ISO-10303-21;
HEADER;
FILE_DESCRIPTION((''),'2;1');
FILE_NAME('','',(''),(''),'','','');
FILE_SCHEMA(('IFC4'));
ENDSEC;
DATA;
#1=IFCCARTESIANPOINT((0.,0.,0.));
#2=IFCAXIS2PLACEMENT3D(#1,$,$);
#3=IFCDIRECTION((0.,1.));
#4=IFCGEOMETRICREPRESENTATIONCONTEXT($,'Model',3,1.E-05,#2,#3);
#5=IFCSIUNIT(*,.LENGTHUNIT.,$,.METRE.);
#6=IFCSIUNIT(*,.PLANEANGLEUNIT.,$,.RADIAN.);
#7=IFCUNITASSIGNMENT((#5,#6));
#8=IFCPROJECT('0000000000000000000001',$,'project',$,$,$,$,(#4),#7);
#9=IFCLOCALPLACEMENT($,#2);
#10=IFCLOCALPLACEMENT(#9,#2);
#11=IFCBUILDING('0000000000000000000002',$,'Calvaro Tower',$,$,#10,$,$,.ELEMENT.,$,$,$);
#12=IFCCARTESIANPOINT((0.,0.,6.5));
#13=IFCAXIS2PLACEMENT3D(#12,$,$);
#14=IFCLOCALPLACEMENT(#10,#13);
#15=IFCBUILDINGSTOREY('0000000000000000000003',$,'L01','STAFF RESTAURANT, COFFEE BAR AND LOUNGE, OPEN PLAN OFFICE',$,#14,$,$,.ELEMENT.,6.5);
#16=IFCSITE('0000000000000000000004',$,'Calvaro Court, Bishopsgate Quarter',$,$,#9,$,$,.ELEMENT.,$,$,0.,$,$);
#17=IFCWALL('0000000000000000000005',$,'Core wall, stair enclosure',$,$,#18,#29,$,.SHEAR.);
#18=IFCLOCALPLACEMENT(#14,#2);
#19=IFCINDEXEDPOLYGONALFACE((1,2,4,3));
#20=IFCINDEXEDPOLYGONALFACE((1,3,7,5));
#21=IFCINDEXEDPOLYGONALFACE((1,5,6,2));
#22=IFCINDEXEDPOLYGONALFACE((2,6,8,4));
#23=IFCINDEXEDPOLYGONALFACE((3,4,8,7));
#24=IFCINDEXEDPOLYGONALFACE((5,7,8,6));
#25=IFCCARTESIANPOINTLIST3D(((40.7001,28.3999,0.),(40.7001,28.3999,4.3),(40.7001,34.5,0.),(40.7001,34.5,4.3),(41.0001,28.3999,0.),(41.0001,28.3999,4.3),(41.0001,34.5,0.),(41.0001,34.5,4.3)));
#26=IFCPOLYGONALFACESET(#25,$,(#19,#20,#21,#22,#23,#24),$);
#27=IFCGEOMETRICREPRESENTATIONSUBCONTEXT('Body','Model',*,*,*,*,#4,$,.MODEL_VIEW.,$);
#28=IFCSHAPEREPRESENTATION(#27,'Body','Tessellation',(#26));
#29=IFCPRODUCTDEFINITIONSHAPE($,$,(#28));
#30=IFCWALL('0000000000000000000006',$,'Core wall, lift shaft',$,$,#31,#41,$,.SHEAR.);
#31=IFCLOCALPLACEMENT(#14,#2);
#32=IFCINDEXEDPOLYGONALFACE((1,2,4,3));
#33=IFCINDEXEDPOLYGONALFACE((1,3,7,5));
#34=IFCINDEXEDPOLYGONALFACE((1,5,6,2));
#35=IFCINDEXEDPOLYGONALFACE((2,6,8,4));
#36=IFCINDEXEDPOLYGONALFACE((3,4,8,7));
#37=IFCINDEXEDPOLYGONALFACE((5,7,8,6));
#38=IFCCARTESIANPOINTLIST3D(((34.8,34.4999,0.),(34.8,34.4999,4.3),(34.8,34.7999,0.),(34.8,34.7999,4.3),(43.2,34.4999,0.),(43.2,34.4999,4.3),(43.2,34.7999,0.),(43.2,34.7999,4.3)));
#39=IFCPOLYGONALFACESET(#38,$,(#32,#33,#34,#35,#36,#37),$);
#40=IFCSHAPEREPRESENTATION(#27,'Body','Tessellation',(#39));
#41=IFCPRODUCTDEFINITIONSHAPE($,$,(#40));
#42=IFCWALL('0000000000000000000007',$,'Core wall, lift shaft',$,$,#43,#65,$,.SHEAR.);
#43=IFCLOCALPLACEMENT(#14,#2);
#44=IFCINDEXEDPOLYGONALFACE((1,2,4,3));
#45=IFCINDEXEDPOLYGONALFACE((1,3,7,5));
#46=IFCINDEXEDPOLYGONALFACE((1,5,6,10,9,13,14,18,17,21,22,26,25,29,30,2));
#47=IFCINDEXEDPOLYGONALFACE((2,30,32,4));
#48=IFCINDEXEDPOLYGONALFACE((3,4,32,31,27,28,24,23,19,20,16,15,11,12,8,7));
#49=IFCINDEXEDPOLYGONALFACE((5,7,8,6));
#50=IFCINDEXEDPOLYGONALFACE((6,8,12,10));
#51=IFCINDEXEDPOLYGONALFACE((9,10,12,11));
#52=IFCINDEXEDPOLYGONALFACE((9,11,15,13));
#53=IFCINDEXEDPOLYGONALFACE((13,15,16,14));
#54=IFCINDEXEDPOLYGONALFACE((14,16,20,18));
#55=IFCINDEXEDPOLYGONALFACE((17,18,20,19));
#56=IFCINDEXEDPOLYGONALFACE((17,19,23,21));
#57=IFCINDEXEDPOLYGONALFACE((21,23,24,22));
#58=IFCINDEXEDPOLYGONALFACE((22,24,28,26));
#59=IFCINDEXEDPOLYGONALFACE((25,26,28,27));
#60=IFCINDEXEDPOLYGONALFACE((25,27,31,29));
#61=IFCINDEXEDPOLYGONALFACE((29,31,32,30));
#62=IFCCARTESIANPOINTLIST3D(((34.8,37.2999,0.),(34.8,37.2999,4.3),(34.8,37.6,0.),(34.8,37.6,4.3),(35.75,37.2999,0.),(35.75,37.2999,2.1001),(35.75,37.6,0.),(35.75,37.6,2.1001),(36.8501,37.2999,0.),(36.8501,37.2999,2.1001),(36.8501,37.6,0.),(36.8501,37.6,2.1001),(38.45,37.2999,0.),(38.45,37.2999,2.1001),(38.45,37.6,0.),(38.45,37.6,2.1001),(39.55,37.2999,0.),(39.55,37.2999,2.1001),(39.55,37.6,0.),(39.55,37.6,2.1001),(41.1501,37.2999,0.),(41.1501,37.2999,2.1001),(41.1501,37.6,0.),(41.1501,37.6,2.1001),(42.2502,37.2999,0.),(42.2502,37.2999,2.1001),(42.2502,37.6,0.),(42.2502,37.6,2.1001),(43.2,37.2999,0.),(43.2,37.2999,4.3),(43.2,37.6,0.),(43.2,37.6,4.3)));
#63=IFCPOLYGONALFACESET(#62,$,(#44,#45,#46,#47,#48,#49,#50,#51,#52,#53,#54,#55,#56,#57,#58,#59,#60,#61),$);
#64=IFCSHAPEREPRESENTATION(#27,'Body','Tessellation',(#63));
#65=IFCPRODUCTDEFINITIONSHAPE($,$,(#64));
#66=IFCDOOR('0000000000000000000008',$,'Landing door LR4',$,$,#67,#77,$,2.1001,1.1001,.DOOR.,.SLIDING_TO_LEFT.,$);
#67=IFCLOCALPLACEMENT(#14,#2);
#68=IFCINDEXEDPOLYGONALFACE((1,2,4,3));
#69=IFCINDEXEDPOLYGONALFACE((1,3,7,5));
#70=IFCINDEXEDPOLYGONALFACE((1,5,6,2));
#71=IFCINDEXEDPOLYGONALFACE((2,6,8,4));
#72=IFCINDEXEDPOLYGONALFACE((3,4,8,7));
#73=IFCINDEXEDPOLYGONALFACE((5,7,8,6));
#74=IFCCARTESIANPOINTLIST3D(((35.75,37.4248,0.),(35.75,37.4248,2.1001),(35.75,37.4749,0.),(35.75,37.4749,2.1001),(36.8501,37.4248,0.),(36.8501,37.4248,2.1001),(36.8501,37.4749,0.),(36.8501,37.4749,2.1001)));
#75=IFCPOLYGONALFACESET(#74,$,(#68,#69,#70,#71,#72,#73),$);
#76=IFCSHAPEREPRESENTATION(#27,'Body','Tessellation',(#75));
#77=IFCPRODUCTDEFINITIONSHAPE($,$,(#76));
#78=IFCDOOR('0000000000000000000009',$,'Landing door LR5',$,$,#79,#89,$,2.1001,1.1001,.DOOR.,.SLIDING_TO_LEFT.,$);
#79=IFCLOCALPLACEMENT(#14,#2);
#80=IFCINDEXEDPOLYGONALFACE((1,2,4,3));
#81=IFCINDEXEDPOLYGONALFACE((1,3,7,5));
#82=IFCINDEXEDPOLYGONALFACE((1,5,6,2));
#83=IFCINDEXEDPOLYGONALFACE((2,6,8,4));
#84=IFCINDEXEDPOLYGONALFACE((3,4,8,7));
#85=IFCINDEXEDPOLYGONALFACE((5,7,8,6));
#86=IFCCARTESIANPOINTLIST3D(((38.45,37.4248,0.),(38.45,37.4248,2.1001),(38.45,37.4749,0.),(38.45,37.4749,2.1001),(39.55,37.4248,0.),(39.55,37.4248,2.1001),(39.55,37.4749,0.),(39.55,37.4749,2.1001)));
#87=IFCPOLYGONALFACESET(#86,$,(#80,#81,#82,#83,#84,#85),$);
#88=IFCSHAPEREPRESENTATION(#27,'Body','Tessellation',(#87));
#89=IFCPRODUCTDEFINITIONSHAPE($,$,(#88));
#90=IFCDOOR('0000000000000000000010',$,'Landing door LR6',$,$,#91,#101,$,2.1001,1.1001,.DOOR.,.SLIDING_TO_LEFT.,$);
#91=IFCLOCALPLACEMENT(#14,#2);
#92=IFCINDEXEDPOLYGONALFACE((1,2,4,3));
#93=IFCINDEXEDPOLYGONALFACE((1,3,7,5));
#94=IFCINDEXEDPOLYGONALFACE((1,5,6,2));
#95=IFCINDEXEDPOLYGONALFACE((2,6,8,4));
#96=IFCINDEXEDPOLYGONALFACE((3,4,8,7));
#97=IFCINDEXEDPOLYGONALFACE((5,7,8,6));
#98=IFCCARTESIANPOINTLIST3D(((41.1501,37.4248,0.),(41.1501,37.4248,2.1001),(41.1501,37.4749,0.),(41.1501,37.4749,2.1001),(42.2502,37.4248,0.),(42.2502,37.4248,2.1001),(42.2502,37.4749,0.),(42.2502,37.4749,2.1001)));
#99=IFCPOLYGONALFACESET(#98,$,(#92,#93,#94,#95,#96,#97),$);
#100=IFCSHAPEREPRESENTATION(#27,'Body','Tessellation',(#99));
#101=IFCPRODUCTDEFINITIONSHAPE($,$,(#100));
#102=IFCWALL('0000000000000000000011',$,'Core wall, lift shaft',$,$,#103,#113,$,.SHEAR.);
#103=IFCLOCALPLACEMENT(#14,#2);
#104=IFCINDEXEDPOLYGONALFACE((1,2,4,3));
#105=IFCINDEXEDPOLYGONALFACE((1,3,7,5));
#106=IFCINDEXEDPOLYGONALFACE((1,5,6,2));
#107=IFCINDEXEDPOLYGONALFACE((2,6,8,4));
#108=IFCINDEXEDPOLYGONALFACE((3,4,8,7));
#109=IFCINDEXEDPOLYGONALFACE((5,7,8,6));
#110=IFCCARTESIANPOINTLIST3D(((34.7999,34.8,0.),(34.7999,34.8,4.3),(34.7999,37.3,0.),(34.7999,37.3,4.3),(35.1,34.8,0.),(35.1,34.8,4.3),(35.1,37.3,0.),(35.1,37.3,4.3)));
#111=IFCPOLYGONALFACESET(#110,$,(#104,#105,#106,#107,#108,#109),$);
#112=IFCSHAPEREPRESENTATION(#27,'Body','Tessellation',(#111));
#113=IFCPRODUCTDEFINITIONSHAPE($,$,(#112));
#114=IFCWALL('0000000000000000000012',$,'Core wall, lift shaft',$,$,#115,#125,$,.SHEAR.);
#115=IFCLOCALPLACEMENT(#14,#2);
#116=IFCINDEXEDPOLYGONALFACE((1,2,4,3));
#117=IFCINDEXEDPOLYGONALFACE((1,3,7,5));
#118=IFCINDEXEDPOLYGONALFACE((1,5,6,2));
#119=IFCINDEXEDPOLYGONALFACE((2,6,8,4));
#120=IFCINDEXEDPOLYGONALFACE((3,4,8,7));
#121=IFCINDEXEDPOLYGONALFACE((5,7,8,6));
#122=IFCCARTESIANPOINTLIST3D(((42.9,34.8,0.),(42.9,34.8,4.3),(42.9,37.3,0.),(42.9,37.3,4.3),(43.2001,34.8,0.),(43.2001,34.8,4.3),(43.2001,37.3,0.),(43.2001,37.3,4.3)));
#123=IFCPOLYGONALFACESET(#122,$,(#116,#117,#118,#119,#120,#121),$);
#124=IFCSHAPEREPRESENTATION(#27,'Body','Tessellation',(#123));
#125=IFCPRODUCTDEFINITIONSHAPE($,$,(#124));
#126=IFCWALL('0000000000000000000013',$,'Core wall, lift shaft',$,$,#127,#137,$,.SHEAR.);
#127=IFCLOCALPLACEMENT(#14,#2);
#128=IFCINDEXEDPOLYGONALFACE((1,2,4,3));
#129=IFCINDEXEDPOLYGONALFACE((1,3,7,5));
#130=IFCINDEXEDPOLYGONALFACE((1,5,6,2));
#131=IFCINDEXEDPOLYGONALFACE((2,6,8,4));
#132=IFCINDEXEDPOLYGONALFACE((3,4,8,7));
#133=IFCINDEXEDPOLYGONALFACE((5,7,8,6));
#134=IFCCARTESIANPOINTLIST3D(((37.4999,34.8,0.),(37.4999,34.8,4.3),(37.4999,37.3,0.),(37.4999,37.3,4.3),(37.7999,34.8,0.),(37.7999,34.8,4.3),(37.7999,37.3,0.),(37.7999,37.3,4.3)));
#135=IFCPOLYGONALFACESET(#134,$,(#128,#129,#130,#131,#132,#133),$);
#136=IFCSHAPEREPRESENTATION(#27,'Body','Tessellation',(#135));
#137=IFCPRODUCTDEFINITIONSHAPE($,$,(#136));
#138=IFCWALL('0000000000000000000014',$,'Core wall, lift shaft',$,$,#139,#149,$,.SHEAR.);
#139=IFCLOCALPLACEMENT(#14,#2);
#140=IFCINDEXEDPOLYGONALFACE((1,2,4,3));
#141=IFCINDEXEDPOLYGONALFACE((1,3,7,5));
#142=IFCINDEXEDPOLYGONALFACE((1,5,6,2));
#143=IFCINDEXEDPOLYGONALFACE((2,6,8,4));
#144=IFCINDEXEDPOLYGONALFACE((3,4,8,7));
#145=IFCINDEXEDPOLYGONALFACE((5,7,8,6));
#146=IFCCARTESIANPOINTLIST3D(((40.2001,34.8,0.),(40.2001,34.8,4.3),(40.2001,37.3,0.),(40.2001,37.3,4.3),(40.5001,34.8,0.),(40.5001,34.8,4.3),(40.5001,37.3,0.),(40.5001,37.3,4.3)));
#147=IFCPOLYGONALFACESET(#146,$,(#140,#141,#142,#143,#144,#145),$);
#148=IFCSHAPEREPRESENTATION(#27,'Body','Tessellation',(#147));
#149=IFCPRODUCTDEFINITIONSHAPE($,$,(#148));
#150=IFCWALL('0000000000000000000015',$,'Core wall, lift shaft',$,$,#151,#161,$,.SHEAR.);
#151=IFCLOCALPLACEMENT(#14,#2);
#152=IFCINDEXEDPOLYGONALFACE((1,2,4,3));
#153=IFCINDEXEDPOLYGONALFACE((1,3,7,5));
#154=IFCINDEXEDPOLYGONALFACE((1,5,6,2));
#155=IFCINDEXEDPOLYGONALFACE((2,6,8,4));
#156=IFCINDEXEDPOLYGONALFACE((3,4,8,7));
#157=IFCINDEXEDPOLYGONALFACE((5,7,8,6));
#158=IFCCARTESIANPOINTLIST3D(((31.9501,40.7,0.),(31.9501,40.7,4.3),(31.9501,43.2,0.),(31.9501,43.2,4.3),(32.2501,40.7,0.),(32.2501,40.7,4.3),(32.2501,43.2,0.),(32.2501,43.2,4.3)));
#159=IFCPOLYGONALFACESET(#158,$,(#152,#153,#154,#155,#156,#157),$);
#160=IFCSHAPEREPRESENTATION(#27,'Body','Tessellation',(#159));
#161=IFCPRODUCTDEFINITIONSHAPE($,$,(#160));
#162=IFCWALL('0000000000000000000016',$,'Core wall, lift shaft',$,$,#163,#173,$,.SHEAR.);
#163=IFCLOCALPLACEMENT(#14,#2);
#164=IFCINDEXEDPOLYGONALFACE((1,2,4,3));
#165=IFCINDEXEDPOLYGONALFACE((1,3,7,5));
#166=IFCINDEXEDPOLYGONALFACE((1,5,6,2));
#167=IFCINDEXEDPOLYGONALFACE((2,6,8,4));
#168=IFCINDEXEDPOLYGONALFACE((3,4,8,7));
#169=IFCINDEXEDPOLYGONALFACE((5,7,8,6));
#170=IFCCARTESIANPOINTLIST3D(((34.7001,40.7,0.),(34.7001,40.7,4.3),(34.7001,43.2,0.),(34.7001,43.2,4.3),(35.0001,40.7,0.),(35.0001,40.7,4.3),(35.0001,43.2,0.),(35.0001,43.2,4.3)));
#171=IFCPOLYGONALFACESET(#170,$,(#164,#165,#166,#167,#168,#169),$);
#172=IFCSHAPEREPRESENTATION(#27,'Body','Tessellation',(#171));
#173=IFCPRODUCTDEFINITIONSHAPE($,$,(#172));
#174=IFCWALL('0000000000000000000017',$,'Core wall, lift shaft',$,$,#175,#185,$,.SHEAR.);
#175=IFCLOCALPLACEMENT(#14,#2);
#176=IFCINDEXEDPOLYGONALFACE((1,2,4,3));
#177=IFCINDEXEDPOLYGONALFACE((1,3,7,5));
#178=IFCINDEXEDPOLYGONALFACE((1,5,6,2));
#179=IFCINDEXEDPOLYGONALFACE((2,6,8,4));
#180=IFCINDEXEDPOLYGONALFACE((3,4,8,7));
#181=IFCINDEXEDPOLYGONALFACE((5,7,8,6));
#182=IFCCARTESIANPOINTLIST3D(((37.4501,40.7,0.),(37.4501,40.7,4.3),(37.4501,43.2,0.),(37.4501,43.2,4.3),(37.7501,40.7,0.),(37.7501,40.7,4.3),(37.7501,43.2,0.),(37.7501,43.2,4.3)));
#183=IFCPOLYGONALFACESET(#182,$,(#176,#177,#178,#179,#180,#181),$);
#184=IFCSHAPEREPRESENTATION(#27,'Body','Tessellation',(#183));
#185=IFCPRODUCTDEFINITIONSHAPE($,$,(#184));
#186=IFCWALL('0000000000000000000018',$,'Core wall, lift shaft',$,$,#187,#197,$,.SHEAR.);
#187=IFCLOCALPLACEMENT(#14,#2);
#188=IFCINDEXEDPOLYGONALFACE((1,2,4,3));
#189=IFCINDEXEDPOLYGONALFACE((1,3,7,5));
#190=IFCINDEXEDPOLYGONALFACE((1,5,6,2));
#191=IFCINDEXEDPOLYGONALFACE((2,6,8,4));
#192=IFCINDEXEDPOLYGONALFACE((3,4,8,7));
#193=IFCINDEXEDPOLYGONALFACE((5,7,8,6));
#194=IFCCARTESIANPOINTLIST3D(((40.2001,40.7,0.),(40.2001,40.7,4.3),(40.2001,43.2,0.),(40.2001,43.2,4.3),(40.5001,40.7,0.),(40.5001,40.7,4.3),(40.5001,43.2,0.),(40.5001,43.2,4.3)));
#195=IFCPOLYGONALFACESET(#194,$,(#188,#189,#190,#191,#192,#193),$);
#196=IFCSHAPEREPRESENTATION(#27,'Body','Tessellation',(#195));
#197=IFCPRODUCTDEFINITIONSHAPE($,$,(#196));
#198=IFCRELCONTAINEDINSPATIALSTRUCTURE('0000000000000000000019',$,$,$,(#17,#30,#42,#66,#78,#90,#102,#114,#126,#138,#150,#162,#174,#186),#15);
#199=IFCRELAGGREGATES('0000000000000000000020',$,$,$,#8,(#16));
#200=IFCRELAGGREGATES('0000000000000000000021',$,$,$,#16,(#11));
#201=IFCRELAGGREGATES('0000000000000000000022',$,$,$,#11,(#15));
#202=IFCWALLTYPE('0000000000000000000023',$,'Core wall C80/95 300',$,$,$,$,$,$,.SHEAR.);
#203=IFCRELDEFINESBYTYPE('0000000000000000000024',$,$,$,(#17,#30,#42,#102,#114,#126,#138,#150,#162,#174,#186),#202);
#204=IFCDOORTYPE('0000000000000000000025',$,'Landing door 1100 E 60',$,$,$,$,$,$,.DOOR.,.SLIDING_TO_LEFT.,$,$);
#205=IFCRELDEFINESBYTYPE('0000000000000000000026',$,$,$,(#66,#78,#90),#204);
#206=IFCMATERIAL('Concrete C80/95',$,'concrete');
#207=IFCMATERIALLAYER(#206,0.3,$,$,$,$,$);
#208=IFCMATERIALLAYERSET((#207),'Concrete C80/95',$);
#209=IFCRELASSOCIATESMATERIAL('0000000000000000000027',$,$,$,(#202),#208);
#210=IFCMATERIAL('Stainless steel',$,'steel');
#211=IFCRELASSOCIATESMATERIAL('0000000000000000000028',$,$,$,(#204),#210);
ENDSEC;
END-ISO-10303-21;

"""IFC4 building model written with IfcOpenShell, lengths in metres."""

from ifc_helpers import new_model, si_unit, direction, frame, frame_2d, origin, place, context, subcontext, project, spatial, rectangle, extrude, material, layer, layer_set, type_object, element, fill, save


model = new_model("IFC4")

# Units and contexts
model_context = context("Model", 3, precision=1e-05, world=origin(), true_north=direction((0.0, 1.0)))
body_context = subcontext(model_context, "Body", "Model", "MODEL_VIEW")
ifc_project = project(units=[si_unit("LENGTHUNIT", "METRE"), si_unit("PLANEANGLEUNIT", "RADIAN")], contexts=[model_context])

# Site, building, storey
site_placement = place(None, origin())
site = spatial("IfcSite", under=ifc_project, at=site_placement, Name="Calvaro Court, Bishopsgate Quarter", CompositionType="ELEMENT", RefElevation=0.0)
building_placement = place(site_placement, origin())
building = spatial("IfcBuilding", under=site, at=building_placement, Name="Calvaro Tower", CompositionType="ELEMENT")
storey_placement = place(building_placement, frame((0.0, 0.0, 6.5)))
storey = spatial("IfcBuildingStorey", under=building, at=storey_placement, Name="L01", Description="STAFF RESTAURANT, COFFEE BAR AND LOUNGE, OPEN PLAN OFFICE", CompositionType="ELEMENT", Elevation=6.5)

# Walls
ifc_material_1 = material(Name="Concrete C80/95", Category="concrete")
ifc_layer_1 = layer(ifc_material_1, 0.3)
ifc_layer_set_1 = layer_set([ifc_layer_1], Name="Concrete C80/95")
wall_type_1 = type_object("IfcWallType", Name="Core wall C80/95 300", PredefinedType="SHEAR", material=ifc_layer_set_1)
wall_1_placement = place(storey_placement, frame((40.8501, 28.3999, 0.0), z_axis=(0.0, 0.0, 1.0), x_axis=(0.0, 1.0, 0.0)))
element("IfcWall", 1, at=wall_1_placement, inside=storey, type_object=wall_type_1, Name="Core wall, stair enclosure", PredefinedType="SHEAR", context=body_context, shape_type="SweptSolid", body=[
    extrude(rectangle(XDim=6.1001, YDim=0.3, at=frame_2d((3.05, 0.0))), origin(), (0.0, 0.0, 1.0), 4.3),
])
wall_2_placement = place(storey_placement, frame((34.8, 34.6499, 0.0), z_axis=(0.0, 0.0, 1.0), x_axis=(1.0, 0.0, 0.0)))
element("IfcWall", 2, at=wall_2_placement, inside=storey, type_object=wall_type_1, Name="Core wall, lift shaft", PredefinedType="SHEAR", context=body_context, shape_type="SweptSolid", body=[
    extrude(rectangle(XDim=8.3999, YDim=0.3, at=frame_2d((4.2, 0.0))), origin(), (0.0, 0.0, 1.0), 4.3),
])

# Wall, openings, doors
wall_3_placement = place(storey_placement, frame((34.8, 37.45, 0.0), z_axis=(0.0, 0.0, 1.0), x_axis=(1.0, 0.0, 0.0)))
wall_3 = element("IfcWall", 3, at=wall_3_placement, inside=storey, type_object=wall_type_1, Name="Core wall, lift shaft", PredefinedType="SHEAR", context=body_context, shape_type="SweptSolid", body=[
    extrude(rectangle(XDim=8.3999, YDim=0.3, at=frame_2d((4.2, 0.0))), origin(), (0.0, 0.0, 1.0), 4.3),
])
opening_1_placement = place(wall_3_placement, frame((0.95, 0.0, 0.0)))
opening_1 = element("IfcOpeningElement", 4, at=opening_1_placement, cuts=wall_3, PredefinedType="OPENING", context=body_context, shape_type="SweptSolid", body=[
    extrude(rectangle(XDim=1.1001, YDim=2.1001, at=frame_2d((0.55, 1.05))), frame((0.0, 0.1599, 0.0), z_axis=(0.0, -1.0, 0.0), x_axis=(1.0, 0.0, 0.0)), (0.0, 0.0, 1.0), 0.3201),
])
opening_2_placement = place(wall_3_placement, frame((3.6499, 0.0, 0.0)))
opening_2 = element("IfcOpeningElement", 5, at=opening_2_placement, cuts=wall_3, PredefinedType="OPENING", context=body_context, shape_type="SweptSolid", body=[
    extrude(rectangle(XDim=1.1001, YDim=2.1001, at=frame_2d((0.55, 1.05))), frame((0.0, 0.1599, 0.0), z_axis=(0.0, -1.0, 0.0), x_axis=(1.0, 0.0, 0.0)), (0.0, 0.0, 1.0), 0.3201),
])
opening_3_placement = place(wall_3_placement, frame((6.3501, 0.0, 0.0)))
opening_3 = element("IfcOpeningElement", 6, at=opening_3_placement, cuts=wall_3, PredefinedType="OPENING", context=body_context, shape_type="SweptSolid", body=[
    extrude(rectangle(XDim=1.1001, YDim=2.1001, at=frame_2d((0.55, 1.05))), frame((0.0, 0.1599, 0.0), z_axis=(0.0, -1.0, 0.0), x_axis=(1.0, 0.0, 0.0)), (0.0, 0.0, 1.0), 0.3201),
])
ifc_material_2 = material(Name="Stainless steel", Category="steel")
door_type = type_object("IfcDoorType", Name="Landing door 1100 E 60", OperationType="SLIDING_TO_LEFT", PredefinedType="DOOR", material=ifc_material_2)
door_1_placement = place(opening_1_placement, origin())
door_1 = element("IfcDoor", 7, at=door_1_placement, inside=storey, type_object=door_type, Name="Landing door LR4", OperationType="SLIDING_TO_LEFT", OverallHeight=2.1001, OverallWidth=1.1001, PredefinedType="DOOR", context=body_context, shape_type="SweptSolid", body=[
    extrude(rectangle(XDim=1.1001, YDim=2.1001, at=frame_2d((0.55, 1.05))), frame((0.0, 0.0249, 0.0), z_axis=(0.0, -1.0, 0.0), x_axis=(1.0, 0.0, 0.0)), (0.0, 0.0, 1.0), 0.05),
])
fill(opening_1, door_1)
door_2_placement = place(opening_2_placement, origin())
door_2 = element("IfcDoor", 8, at=door_2_placement, inside=storey, type_object=door_type, Name="Landing door LR5", OperationType="SLIDING_TO_LEFT", OverallHeight=2.1001, OverallWidth=1.1001, PredefinedType="DOOR", context=body_context, shape_type="SweptSolid", body=[
    extrude(rectangle(XDim=1.1001, YDim=2.1001, at=frame_2d((0.55, 1.05))), frame((0.0, 0.0249, 0.0), z_axis=(0.0, -1.0, 0.0), x_axis=(1.0, 0.0, 0.0)), (0.0, 0.0, 1.0), 0.05),
])
fill(opening_2, door_2)
door_3_placement = place(opening_3_placement, origin())
door_3 = element("IfcDoor", 9, at=door_3_placement, inside=storey, type_object=door_type, Name="Landing door LR6", OperationType="SLIDING_TO_LEFT", OverallHeight=2.1001, OverallWidth=1.1001, PredefinedType="DOOR", context=body_context, shape_type="SweptSolid", body=[
    extrude(rectangle(XDim=1.1001, YDim=2.1001, at=frame_2d((0.55, 1.05))), frame((0.0, 0.0249, 0.0), z_axis=(0.0, -1.0, 0.0), x_axis=(1.0, 0.0, 0.0)), (0.0, 0.0, 1.0), 0.05),
])
fill(opening_3, door_3)

# Walls
for number, where, z_axis, x_axis, name in (
    (10, (34.95, 34.8, 0.0), (0.0, 0.0, 1.0), (0.0, 1.0, 0.0), "Core wall, lift shaft"),
    (11, (43.05, 34.8, 0.0), (0.0, 0.0, 1.0), (0.0, 1.0, 0.0), "Core wall, lift shaft"),
    (12, (37.6499, 34.8, 0.0), (0.0, 0.0, 1.0), (0.0, 1.0, 0.0), "Core wall, lift shaft"),
    (13, (40.3501, 34.8, 0.0), (0.0, 0.0, 1.0), (0.0, 1.0, 0.0), "Core wall, lift shaft"),
    (14, (32.1001, 40.7, 0.0), (0.0, 0.0, 1.0), (0.0, 1.0, 0.0), "Core wall, lift shaft"),
    (15, (34.8501, 40.7, 0.0), (0.0, 0.0, 1.0), (0.0, 1.0, 0.0), "Core wall, lift shaft"),
    (16, (37.6001, 40.7, 0.0), (0.0, 0.0, 1.0), (0.0, 1.0, 0.0), "Core wall, lift shaft"),
    (17, (40.3501, 40.7, 0.0), (0.0, 0.0, 1.0), (0.0, 1.0, 0.0), "Core wall, lift shaft"),
):
    element("IfcWall", number, at=place(storey_placement, frame(where, z_axis=z_axis, x_axis=x_axis)), inside=storey, type_object=wall_type_1, Name=name, PredefinedType="SHEAR", context=body_context, shape_type="SweptSolid", body=[
        extrude(rectangle(XDim=2.5, YDim=0.3, at=frame_2d((1.25, 0.0))), origin(), (0.0, 0.0, 1.0), 4.3),
    ])

save(model, "model.ifc")
